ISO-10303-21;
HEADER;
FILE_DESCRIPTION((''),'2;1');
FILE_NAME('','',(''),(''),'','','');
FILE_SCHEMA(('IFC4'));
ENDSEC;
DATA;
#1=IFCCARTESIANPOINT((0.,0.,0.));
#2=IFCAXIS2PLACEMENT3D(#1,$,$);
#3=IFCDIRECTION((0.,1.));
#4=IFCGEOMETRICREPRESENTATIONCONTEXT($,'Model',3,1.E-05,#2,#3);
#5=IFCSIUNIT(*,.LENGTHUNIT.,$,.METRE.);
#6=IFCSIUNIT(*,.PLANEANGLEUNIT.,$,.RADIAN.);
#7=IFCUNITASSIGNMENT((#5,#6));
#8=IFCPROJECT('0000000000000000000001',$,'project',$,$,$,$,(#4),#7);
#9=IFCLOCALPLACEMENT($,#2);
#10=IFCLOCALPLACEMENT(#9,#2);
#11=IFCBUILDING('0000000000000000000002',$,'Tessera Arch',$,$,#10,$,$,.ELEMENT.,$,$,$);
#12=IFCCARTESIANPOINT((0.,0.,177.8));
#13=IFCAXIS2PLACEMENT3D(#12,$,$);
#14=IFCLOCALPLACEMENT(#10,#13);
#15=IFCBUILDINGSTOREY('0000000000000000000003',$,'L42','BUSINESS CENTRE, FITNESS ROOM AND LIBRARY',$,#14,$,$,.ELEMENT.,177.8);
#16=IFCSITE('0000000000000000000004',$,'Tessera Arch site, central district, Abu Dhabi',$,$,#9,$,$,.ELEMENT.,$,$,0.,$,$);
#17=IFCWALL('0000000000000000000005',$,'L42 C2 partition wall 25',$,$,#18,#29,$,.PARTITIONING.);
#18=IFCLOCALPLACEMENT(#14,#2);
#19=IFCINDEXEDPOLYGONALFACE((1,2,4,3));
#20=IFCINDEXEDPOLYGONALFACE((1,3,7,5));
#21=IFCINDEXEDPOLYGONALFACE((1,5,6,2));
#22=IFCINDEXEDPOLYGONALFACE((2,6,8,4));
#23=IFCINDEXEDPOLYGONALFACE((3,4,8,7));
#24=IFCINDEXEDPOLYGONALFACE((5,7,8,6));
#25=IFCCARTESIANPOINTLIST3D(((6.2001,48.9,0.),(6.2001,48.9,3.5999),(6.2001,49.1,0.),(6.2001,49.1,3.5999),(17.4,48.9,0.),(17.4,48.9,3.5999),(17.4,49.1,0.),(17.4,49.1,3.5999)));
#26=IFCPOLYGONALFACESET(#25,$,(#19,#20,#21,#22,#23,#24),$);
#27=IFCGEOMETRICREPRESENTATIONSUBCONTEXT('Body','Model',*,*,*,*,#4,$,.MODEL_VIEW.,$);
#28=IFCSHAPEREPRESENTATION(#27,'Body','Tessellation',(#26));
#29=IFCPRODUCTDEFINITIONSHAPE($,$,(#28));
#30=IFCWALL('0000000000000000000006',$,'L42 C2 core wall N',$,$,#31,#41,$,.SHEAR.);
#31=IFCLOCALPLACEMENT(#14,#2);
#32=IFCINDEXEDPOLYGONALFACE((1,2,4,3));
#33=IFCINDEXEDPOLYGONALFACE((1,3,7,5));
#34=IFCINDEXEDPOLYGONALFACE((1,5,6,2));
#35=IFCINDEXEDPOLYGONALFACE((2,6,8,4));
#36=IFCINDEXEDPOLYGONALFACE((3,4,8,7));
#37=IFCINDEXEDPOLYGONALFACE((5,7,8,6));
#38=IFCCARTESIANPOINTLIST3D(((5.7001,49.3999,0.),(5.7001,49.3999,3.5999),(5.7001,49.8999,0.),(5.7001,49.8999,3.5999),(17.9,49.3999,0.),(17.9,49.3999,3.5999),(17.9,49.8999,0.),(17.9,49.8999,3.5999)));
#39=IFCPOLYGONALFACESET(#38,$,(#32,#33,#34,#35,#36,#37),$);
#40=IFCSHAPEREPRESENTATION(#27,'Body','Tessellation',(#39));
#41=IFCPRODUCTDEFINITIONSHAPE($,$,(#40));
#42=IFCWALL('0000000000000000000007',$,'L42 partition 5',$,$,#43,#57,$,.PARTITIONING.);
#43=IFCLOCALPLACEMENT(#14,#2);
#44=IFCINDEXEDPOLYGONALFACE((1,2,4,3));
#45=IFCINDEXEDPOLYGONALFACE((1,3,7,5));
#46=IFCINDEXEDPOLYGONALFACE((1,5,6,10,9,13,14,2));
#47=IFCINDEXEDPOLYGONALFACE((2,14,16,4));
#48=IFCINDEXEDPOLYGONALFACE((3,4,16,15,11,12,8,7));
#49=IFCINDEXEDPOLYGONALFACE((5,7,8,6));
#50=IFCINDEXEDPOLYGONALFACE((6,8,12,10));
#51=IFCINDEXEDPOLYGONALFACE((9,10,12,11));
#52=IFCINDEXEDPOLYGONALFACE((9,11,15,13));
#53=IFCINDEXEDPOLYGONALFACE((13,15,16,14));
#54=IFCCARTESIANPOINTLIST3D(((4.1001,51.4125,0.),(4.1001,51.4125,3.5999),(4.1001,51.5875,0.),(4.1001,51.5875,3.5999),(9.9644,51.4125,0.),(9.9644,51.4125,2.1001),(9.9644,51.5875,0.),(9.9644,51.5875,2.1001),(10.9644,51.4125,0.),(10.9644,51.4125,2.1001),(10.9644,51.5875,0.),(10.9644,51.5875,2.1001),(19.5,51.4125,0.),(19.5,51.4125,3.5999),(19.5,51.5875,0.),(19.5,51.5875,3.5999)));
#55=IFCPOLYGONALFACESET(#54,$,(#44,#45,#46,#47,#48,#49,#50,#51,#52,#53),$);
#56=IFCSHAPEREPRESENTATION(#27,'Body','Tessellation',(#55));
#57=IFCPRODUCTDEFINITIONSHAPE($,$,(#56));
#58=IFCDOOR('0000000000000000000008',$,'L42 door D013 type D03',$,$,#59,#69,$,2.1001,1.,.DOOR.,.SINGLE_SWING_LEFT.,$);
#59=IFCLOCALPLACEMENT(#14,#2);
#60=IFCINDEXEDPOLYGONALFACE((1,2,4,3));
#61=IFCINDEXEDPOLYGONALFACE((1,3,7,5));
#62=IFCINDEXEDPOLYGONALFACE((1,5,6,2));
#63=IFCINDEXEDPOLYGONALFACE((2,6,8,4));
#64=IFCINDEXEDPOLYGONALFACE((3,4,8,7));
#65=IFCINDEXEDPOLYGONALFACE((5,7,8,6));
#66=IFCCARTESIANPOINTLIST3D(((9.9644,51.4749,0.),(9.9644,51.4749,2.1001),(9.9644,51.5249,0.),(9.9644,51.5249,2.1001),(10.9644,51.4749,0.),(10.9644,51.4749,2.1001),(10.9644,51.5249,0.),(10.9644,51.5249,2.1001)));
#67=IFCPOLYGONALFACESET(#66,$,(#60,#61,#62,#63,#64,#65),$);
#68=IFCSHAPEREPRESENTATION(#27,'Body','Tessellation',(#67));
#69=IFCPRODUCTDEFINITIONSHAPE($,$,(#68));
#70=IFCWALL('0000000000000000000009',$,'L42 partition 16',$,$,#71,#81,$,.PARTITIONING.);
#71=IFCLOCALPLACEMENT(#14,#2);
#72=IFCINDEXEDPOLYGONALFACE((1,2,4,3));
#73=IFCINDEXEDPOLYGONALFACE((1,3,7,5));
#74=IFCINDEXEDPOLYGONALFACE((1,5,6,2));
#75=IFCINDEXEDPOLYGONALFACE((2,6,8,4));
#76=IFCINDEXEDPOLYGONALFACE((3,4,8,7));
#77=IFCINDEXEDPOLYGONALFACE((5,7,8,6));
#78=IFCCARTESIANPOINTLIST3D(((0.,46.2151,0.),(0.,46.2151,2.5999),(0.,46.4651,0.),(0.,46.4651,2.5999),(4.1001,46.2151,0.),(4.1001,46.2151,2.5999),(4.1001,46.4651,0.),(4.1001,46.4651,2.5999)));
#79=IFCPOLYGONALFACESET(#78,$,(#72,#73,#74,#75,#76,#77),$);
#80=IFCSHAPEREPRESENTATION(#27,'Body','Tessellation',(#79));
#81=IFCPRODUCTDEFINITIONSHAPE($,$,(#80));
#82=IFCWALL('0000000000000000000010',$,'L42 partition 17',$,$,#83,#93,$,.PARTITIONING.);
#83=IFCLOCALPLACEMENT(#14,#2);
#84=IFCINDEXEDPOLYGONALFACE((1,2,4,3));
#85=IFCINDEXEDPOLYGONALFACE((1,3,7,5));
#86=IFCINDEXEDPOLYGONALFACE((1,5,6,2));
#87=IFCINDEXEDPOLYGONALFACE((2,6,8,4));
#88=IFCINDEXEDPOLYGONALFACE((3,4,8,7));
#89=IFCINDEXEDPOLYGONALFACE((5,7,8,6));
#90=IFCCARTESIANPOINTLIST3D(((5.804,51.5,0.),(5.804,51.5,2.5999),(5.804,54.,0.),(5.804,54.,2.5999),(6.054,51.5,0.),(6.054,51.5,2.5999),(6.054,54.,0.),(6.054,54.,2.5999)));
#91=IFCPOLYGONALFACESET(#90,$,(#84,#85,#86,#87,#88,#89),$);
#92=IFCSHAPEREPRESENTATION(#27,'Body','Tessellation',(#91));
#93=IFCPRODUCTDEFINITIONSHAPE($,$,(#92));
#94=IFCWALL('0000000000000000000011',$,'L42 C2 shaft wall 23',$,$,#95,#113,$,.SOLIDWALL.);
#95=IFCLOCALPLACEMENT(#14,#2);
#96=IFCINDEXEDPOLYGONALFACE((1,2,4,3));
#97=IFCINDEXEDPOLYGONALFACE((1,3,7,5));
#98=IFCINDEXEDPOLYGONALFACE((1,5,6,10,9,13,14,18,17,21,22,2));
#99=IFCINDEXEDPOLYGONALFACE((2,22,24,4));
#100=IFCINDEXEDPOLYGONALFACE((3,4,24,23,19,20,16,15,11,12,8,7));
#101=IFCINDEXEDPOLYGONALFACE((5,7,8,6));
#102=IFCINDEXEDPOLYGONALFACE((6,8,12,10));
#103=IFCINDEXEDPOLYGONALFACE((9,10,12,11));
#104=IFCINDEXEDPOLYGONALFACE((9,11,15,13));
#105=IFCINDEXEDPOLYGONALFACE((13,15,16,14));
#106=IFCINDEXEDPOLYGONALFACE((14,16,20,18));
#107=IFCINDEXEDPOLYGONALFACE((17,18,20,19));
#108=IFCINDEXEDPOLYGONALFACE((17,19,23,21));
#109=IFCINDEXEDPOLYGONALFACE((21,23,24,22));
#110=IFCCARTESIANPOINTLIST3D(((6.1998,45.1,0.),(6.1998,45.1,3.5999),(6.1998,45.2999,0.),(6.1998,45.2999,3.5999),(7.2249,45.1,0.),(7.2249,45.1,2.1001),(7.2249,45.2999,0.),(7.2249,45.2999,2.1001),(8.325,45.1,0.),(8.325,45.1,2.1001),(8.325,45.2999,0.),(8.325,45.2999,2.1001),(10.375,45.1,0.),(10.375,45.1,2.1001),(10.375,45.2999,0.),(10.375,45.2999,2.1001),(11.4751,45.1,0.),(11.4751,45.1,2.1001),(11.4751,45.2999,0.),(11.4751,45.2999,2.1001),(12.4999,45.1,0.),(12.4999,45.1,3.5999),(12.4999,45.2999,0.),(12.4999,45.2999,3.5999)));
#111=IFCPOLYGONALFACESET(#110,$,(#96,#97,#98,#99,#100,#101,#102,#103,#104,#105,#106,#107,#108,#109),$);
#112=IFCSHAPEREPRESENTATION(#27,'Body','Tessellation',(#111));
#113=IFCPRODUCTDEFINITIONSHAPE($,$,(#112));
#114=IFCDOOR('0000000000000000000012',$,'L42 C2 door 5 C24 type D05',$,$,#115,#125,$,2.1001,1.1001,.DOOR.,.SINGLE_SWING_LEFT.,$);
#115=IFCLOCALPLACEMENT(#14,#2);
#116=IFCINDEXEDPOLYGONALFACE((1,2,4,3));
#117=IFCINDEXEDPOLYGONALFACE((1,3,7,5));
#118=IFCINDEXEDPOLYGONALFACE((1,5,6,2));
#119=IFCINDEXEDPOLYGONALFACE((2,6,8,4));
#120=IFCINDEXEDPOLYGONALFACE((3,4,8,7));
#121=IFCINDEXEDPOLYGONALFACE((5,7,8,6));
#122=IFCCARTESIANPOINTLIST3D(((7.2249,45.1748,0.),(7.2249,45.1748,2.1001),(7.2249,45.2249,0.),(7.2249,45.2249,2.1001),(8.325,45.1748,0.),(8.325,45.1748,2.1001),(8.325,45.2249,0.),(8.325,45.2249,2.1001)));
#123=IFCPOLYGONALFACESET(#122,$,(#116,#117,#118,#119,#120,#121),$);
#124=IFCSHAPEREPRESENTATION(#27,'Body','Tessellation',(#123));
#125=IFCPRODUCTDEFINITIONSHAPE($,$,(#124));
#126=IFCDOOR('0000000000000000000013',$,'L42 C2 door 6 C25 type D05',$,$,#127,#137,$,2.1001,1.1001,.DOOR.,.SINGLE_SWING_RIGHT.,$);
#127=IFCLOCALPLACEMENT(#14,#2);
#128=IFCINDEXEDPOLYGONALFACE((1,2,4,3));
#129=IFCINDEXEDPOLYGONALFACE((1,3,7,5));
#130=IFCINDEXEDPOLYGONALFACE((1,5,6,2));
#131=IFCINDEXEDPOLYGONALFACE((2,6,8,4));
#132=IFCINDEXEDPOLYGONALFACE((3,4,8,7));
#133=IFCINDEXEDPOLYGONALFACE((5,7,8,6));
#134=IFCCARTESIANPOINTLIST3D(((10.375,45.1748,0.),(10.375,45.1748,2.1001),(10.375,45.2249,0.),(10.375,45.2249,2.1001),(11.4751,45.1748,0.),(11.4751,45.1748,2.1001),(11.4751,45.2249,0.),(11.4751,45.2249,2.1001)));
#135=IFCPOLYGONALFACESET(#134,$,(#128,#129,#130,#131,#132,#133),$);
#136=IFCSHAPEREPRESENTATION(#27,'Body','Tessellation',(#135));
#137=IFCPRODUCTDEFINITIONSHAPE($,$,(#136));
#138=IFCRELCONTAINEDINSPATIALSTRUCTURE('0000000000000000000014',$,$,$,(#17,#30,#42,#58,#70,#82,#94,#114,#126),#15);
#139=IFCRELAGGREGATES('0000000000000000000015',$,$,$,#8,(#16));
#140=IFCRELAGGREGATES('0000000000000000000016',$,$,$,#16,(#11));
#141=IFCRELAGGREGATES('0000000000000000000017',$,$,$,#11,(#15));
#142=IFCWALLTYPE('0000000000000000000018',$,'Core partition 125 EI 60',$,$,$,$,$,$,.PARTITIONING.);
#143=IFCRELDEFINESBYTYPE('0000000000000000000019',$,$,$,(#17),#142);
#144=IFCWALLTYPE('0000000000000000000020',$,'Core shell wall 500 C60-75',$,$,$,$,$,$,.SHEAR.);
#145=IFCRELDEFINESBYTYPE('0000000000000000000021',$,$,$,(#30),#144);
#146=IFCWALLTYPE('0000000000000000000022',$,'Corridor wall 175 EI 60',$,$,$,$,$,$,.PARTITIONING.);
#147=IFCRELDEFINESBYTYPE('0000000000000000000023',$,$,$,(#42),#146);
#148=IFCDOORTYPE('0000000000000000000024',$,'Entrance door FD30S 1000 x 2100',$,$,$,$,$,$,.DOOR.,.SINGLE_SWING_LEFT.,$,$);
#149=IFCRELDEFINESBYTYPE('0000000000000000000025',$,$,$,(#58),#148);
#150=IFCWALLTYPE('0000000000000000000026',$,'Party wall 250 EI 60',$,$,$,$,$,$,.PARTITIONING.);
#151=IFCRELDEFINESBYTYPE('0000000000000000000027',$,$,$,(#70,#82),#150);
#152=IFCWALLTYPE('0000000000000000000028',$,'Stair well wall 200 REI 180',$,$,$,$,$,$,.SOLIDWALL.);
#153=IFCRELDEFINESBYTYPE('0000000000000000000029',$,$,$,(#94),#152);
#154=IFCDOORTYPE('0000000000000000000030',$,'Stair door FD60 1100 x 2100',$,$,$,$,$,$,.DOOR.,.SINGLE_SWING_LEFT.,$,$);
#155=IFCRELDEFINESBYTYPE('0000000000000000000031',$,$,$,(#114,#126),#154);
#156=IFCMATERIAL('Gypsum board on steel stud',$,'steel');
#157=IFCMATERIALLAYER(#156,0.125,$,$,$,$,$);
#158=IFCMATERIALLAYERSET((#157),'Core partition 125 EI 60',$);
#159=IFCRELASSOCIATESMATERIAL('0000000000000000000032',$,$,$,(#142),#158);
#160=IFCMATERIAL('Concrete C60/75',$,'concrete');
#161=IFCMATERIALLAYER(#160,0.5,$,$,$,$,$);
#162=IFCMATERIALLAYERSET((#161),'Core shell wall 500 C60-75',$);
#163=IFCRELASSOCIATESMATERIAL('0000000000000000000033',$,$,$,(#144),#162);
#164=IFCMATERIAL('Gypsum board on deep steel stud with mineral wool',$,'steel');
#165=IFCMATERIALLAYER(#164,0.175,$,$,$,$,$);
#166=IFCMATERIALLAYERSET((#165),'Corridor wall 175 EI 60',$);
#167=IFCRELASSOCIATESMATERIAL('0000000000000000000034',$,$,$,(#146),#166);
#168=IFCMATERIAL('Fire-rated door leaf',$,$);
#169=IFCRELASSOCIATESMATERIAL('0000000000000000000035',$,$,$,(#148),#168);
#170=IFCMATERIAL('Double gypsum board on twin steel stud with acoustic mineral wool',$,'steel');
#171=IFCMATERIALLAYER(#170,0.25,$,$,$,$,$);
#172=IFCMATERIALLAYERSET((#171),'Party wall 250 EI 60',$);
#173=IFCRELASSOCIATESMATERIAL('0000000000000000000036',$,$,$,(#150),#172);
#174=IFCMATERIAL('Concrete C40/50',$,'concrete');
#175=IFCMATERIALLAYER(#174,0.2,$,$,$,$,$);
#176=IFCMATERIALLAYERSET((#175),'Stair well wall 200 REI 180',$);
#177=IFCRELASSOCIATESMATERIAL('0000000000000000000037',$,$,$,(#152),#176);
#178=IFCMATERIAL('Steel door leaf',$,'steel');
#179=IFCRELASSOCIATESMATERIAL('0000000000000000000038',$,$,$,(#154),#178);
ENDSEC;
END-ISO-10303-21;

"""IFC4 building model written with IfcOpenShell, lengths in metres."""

from ifc_helpers import new_model, si_unit, direction, frame, frame_2d, origin, place, context, subcontext, project, spatial, rectangle, extrude, material, layer, layer_set, type_object, element, fill, save


model = new_model("IFC4")

# Units and contexts
model_context = context("Model", 3, precision=1e-05, world=origin(), true_north=direction((0.0, 1.0)))
body_context = subcontext(model_context, "Body", "Model", "MODEL_VIEW")
ifc_project = project(units=[si_unit("LENGTHUNIT", "METRE"), si_unit("PLANEANGLEUNIT", "RADIAN")], contexts=[model_context])

# Site, building, storey
site_placement = place(None, origin())
site = spatial("IfcSite", under=ifc_project, at=site_placement, Name="Tessera Arch site, central district, Abu Dhabi", CompositionType="ELEMENT", RefElevation=0.0)
building_placement = place(site_placement, origin())
building = spatial("IfcBuilding", under=site, at=building_placement, Name="Tessera Arch", CompositionType="ELEMENT")
storey_placement = place(building_placement, frame((0.0, 0.0, 177.8)))
storey = spatial("IfcBuildingStorey", under=building, at=storey_placement, Name="L42", Description="BUSINESS CENTRE, FITNESS ROOM AND LIBRARY", CompositionType="ELEMENT", Elevation=177.8)

# Shared definitions
ifc_material_1 = material(Name="Gypsum board on steel stud", Category="steel")
ifc_layer_1 = layer(ifc_material_1, 0.125)
ifc_layer_set_1 = layer_set([ifc_layer_1], Name="Core partition 125 EI 60")
wall_type_1 = type_object("IfcWallType", Name="Core partition 125 EI 60", PredefinedType="PARTITIONING", material=ifc_layer_set_1)

# Walls
wall_1_placement = place(storey_placement, frame((6.2, 49.0, 0.0), z_axis=(0.0, 0.0, 1.0), x_axis=(1.0, 0.0, 0.0)))
element("IfcWall", 1, at=wall_1_placement, inside=storey, type_object=wall_type_1, Name="L42 C2 partition wall 25", PredefinedType="PARTITIONING", context=body_context, shape_type="SweptSolid", body=[
    extrude(rectangle(XDim=11.2, YDim=0.2, at=frame_2d((5.6001, 0.0))), origin(), (0.0, 0.0, 1.0), 3.5999),
])
ifc_material_2 = material(Name="Concrete C60/75", Category="concrete")
ifc_layer_2 = layer(ifc_material_2, 0.5)
ifc_layer_set_2 = layer_set([ifc_layer_2], Name="Core shell wall 500 C60-75")
wall_type_2 = type_object("IfcWallType", Name="Core shell wall 500 C60-75", PredefinedType="SHEAR", material=ifc_layer_set_2)
wall_2_placement = place(storey_placement, frame((5.7, 49.6499, 0.0), z_axis=(0.0, 0.0, 1.0), x_axis=(1.0, 0.0, 0.0)))
element("IfcWall", 2, at=wall_2_placement, inside=storey, type_object=wall_type_2, Name="L42 C2 core wall N", PredefinedType="SHEAR", context=body_context, shape_type="SweptSolid", body=[
    extrude(rectangle(XDim=12.2, YDim=0.5, at=frame_2d((6.1001, 0.0))), origin(), (0.0, 0.0, 1.0), 3.5999),
])

# Wall, opening, door
ifc_material_3 = material(Name="Gypsum board on deep steel stud with mineral wool", Category="steel")
ifc_layer_3 = layer(ifc_material_3, 0.175)
ifc_layer_set_3 = layer_set([ifc_layer_3], Name="Corridor wall 175 EI 60")
wall_type_3 = type_object("IfcWallType", Name="Corridor wall 175 EI 60", PredefinedType="PARTITIONING", material=ifc_layer_set_3)
wall_3_placement = place(storey_placement, frame((4.1001, 51.5, 0.0), z_axis=(0.0, 0.0, 1.0), x_axis=(1.0, 0.0, 0.0)))
wall_3 = element("IfcWall", 3, at=wall_3_placement, inside=storey, type_object=wall_type_3, Name="L42 partition 5", PredefinedType="PARTITIONING", context=body_context, shape_type="SweptSolid", body=[
    extrude(rectangle(XDim=15.3999, YDim=0.175, at=frame_2d((7.7, 0.0))), origin(), (0.0, 0.0, 1.0), 3.5999),
])
opening_1_placement = place(wall_3_placement, frame((5.8643, 0.0, 0.0)))
opening_1 = element("IfcOpeningElement", 4, at=opening_1_placement, cuts=wall_3, PredefinedType="OPENING", context=body_context, shape_type="SweptSolid", body=[
    extrude(rectangle(XDim=1.0, YDim=2.1001, at=frame_2d((0.5, 1.05))), frame((0.0, 0.0974, 0.0), z_axis=(0.0, -1.0, 0.0), x_axis=(1.0, 0.0, 0.0)), (0.0, 0.0, 1.0), 0.1951),
])
ifc_material_4 = material(Name="Fire-rated door leaf")
door_type_1 = type_object("IfcDoorType", Name="Entrance door FD30S 1000 x 2100", OperationType="SINGLE_SWING_LEFT", PredefinedType="DOOR", material=ifc_material_4)
door_1_placement = place(opening_1_placement, origin())
door_1 = element("IfcDoor", 5, at=door_1_placement, inside=storey, type_object=door_type_1, Name="L42 door D013 type D03", OperationType="SINGLE_SWING_LEFT", OverallHeight=2.1001, OverallWidth=1.0, PredefinedType="DOOR", context=body_context, shape_type="SweptSolid", body=[
    extrude(rectangle(XDim=1.0, YDim=2.1001, at=frame_2d((0.5, 1.05))), frame((0.0, 0.0249, 0.0), z_axis=(0.0, -1.0, 0.0), x_axis=(1.0, 0.0, 0.0)), (0.0, 0.0, 1.0), 0.05),
])
fill(opening_1, door_1)

# Walls
ifc_material_5 = material(Name="Double gypsum board on twin steel stud with acoustic mineral wool", Category="steel")
ifc_layer_4 = layer(ifc_material_5, 0.25)
ifc_layer_set_4 = layer_set([ifc_layer_4], Name="Party wall 250 EI 60")
wall_type_4 = type_object("IfcWallType", Name="Party wall 250 EI 60", PredefinedType="PARTITIONING", material=ifc_layer_set_4)
wall_4_placement = place(storey_placement, frame((0.0, 46.3401, 0.0), z_axis=(0.0, 0.0, 1.0), x_axis=(1.0, 0.0, 0.0)))
element("IfcWall", 6, at=wall_4_placement, inside=storey, type_object=wall_type_4, Name="L42 partition 16", PredefinedType="PARTITIONING", context=body_context, shape_type="SweptSolid", body=[
    extrude(rectangle(XDim=4.1001, YDim=0.25, at=frame_2d((2.05, 0.0))), origin(), (0.0, 0.0, 1.0), 2.5999),
])
wall_5_placement = place(storey_placement, frame((5.929, 51.5, 0.0), z_axis=(0.0, 0.0, 1.0), x_axis=(0.0, 1.0, 0.0)))
element("IfcWall", 7, at=wall_5_placement, inside=storey, type_object=wall_type_4, Name="L42 partition 17", PredefinedType="PARTITIONING", context=body_context, shape_type="SweptSolid", body=[
    extrude(rectangle(XDim=2.5, YDim=0.25, at=frame_2d((1.25, 0.0))), origin(), (0.0, 0.0, 1.0), 2.5999),
])

# Wall, openings, doors
ifc_material_6 = material(Name="Concrete C40/50", Category="concrete")
ifc_layer_5 = layer(ifc_material_6, 0.2)
ifc_layer_set_5 = layer_set([ifc_layer_5], Name="Stair well wall 200 REI 180")
wall_type_5 = type_object("IfcWallType", Name="Stair well wall 200 REI 180", PredefinedType="SOLIDWALL", material=ifc_layer_set_5)
wall_6_placement = place(storey_placement, frame((6.2, 45.2, 0.0), z_axis=(0.0, 0.0, 1.0), x_axis=(1.0, 0.0, 0.0)))
wall_6 = element("IfcWall", 8, at=wall_6_placement, inside=storey, type_object=wall_type_5, Name="L42 C2 shaft wall 23", PredefinedType="SOLIDWALL", context=body_context, shape_type="SweptSolid", body=[
    extrude(rectangle(XDim=6.3, YDim=0.2, at=frame_2d((3.1499, 0.0))), origin(), (0.0, 0.0, 1.0), 3.5999),
])
opening_2_placement = place(wall_6_placement, frame((1.0249, 0.0, 0.0)))
opening_2 = element("IfcOpeningElement", 9, at=opening_2_placement, cuts=wall_6, PredefinedType="OPENING", context=body_context, shape_type="SweptSolid", body=[
    extrude(rectangle(XDim=1.1001, YDim=2.1001, at=frame_2d((0.55, 1.05))), frame((0.0, 0.1099, 0.0), z_axis=(0.0, -1.0, 0.0), x_axis=(1.0, 0.0, 0.0)), (0.0, 0.0, 1.0), 0.22),
])
opening_3_placement = place(wall_6_placement, frame((4.175, 0.0, 0.0)))
opening_3 = element("IfcOpeningElement", 10, at=opening_3_placement, cuts=wall_6, PredefinedType="OPENING", context=body_context, shape_type="SweptSolid", body=[
    extrude(rectangle(XDim=1.1001, YDim=2.1001, at=frame_2d((0.55, 1.05))), frame((0.0, 0.1099, 0.0), z_axis=(0.0, -1.0, 0.0), x_axis=(1.0, 0.0, 0.0)), (0.0, 0.0, 1.0), 0.22),
])
ifc_material_7 = material(Name="Steel door leaf", Category="steel")
door_type_2 = type_object("IfcDoorType", Name="Stair door FD60 1100 x 2100", OperationType="SINGLE_SWING_LEFT", PredefinedType="DOOR", material=ifc_material_7)
door_2_placement = place(opening_2_placement, origin())
door_2 = element("IfcDoor", 11, at=door_2_placement, inside=storey, type_object=door_type_2, Name="L42 C2 door 5 C24 type D05", OperationType="SINGLE_SWING_LEFT", OverallHeight=2.1001, OverallWidth=1.1001, PredefinedType="DOOR", context=body_context, shape_type="SweptSolid", body=[
    extrude(rectangle(XDim=1.1001, YDim=2.1001, at=frame_2d((0.55, 1.05))), frame((0.0, 0.0249, 0.0), z_axis=(0.0, -1.0, 0.0), x_axis=(1.0, 0.0, 0.0)), (0.0, 0.0, 1.0), 0.05),
])
fill(opening_2, door_2)
door_3_placement = place(opening_3_placement, origin())
door_3 = element("IfcDoor", 12, at=door_3_placement, inside=storey, type_object=door_type_2, Name="L42 C2 door 6 C25 type D05", OperationType="SINGLE_SWING_RIGHT", OverallHeight=2.1001, OverallWidth=1.1001, PredefinedType="DOOR", context=body_context, shape_type="SweptSolid", body=[
    extrude(rectangle(XDim=1.1001, YDim=2.1001, at=frame_2d((0.55, 1.05))), frame((0.0, 0.0249, 0.0), z_axis=(0.0, -1.0, 0.0), x_axis=(1.0, 0.0, 0.0)), (0.0, 0.0, 1.0), 0.05),
])
fill(opening_3, door_3)

save(model, "model.ifc")
